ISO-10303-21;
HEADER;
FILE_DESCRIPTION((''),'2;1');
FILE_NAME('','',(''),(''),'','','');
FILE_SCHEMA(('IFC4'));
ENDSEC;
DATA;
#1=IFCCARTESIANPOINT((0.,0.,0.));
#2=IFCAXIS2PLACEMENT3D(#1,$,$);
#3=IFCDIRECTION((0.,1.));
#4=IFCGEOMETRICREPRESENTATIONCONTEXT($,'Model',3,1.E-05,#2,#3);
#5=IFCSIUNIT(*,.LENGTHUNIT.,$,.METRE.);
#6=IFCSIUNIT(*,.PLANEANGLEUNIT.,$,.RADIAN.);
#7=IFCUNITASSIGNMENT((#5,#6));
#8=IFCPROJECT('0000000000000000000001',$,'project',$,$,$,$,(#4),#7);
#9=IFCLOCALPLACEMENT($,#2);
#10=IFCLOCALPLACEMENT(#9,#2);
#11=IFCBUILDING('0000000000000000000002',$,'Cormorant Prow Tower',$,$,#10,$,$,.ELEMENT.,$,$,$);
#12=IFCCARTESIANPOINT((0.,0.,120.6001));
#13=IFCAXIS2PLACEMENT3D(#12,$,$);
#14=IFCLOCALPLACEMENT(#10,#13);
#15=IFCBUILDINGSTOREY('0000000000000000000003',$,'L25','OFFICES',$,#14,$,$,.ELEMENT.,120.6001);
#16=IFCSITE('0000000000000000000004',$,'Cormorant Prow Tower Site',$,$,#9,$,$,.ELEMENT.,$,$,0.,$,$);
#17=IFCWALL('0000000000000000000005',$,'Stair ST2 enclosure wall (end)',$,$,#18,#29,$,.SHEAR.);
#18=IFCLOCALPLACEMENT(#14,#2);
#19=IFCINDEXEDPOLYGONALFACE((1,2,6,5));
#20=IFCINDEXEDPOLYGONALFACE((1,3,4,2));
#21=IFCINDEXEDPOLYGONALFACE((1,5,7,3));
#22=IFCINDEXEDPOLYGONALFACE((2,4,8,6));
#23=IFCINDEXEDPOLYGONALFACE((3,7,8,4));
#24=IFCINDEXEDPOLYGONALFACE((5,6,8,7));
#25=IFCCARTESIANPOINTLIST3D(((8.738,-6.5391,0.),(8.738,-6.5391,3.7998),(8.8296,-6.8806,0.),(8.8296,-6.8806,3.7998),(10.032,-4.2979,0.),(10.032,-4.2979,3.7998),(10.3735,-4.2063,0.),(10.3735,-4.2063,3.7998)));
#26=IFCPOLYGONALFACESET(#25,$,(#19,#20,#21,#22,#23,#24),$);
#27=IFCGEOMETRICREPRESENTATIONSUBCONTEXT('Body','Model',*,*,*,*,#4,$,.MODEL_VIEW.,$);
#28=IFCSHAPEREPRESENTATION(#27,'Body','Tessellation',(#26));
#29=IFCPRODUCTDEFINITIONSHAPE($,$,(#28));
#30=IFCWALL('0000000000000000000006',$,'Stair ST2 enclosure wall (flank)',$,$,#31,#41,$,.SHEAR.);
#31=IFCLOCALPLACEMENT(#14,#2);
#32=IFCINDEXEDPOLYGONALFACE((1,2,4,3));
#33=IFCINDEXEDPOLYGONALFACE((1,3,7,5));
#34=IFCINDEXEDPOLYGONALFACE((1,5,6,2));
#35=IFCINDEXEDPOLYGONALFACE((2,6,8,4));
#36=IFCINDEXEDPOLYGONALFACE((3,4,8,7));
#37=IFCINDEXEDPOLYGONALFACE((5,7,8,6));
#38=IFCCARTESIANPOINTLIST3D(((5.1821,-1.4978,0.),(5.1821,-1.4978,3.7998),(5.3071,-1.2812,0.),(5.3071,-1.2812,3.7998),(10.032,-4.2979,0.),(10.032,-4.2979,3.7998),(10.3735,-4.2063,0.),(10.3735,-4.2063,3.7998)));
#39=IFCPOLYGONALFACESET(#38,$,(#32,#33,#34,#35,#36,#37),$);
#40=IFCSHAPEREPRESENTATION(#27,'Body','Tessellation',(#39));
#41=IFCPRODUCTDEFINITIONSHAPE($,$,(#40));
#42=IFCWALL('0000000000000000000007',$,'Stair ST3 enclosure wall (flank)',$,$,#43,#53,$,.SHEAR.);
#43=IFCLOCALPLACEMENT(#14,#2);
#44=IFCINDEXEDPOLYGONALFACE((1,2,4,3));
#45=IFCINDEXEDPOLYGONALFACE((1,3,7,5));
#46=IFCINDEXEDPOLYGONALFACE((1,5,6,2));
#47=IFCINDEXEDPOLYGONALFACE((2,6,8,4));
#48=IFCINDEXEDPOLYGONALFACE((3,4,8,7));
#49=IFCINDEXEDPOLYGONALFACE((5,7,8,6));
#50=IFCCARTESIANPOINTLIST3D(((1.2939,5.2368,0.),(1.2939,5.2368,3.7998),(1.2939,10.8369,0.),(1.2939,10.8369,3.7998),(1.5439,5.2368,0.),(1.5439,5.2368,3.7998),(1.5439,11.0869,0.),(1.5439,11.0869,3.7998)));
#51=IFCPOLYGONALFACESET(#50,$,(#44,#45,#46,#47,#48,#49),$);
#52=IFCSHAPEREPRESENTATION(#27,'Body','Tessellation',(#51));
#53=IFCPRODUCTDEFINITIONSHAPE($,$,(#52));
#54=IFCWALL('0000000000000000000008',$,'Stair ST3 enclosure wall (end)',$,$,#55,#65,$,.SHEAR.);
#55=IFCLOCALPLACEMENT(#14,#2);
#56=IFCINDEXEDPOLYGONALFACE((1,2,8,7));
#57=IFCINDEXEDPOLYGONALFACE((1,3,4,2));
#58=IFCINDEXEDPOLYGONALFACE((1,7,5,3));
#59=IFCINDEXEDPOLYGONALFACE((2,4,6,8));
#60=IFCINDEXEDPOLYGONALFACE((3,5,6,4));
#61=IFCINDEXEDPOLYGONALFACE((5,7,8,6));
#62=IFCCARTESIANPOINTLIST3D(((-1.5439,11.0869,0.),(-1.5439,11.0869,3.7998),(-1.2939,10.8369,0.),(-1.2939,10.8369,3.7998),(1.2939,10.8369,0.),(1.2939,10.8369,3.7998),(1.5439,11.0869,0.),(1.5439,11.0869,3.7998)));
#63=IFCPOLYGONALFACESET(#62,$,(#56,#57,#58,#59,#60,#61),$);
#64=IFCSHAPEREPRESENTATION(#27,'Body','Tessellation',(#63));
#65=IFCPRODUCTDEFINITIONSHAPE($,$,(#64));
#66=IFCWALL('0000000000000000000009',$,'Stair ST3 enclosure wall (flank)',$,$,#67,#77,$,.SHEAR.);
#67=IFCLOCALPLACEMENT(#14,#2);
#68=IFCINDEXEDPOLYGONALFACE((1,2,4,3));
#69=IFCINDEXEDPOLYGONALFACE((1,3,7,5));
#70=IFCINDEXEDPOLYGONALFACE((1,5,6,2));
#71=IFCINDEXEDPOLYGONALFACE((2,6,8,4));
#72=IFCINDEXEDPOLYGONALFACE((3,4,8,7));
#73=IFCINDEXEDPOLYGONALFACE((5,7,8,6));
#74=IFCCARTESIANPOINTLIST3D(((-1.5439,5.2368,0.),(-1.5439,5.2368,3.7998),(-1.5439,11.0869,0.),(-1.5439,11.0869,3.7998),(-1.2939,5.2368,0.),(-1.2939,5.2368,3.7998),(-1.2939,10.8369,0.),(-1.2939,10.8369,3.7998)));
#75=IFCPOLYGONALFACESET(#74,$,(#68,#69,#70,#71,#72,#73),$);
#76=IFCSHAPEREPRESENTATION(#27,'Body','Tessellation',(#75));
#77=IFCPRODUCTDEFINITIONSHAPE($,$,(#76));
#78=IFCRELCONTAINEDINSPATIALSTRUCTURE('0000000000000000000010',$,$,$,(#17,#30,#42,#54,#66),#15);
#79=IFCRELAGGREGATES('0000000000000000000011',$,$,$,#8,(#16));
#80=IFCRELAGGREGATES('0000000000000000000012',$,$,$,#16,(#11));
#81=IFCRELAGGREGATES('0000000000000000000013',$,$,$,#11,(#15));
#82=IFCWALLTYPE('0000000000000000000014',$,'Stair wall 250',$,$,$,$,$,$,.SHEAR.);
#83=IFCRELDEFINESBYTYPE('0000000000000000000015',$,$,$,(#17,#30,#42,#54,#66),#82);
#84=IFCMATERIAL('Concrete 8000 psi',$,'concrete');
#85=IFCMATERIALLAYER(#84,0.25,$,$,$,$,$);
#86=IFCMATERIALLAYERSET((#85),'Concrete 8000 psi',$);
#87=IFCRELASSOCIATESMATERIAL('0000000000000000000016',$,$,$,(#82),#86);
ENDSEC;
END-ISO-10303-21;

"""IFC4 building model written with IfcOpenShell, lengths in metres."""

from ifc_helpers import new_model, si_unit, direction, frame, origin, place, context, subcontext, project, spatial, polyline, outline, extrude, material, layer, layer_set, type_object, element, save


model = new_model("IFC4")

# Units and contexts
model_context = context("Model", 3, precision=1e-05, world=origin(), true_north=direction((0.0, 1.0)))
body_context = subcontext(model_context, "Body", "Model", "MODEL_VIEW")
ifc_project = project(units=[si_unit("LENGTHUNIT", "METRE"), si_unit("PLANEANGLEUNIT", "RADIAN")], contexts=[model_context])

# Site, building, storey
site_placement = place(None, origin())
site = spatial("IfcSite", under=ifc_project, at=site_placement, Name="Cormorant Prow Tower Site", CompositionType="ELEMENT", RefElevation=0.0)
building_placement = place(site_placement, origin())
building = spatial("IfcBuilding", under=site, at=building_placement, Name="Cormorant Prow Tower", CompositionType="ELEMENT")
storey_placement = place(building_placement, frame((0.0, 0.0, 120.6001)))
storey = spatial("IfcBuildingStorey", under=building, at=storey_placement, Name="L25", Description="OFFICES", CompositionType="ELEMENT", Elevation=120.6001)

# Walls
ifc_material_1 = material(Name="Concrete 8000 psi", Category="concrete")
ifc_layer_1 = layer(ifc_material_1, 0.25)
ifc_layer_set_1 = layer_set([ifc_layer_1], Name="Concrete 8000 psi")
wall_type_1 = type_object("IfcWallType", Name="Stair wall 250", PredefinedType="SHEAR", material=ifc_layer_set_1)
wall_1_placement = place(storey_placement, origin())
element("IfcWall", 1, at=wall_1_placement, inside=storey, type_object=wall_type_1, Name="Stair ST2 enclosure wall (end)", PredefinedType="SHEAR", context=body_context, shape_type="SweptSolid", body=[
    extrude(outline(polyline([(8.8296, -6.8806), (10.3735, -4.2063), (10.032, -4.2979), (8.738, -6.5391), (8.8296, -6.8806)])), origin(), (0.0, 0.0, 1.0), 3.7998),
])
wall_2_placement = place(storey_placement, origin())
element("IfcWall", 2, at=wall_2_placement, inside=storey, type_object=wall_type_1, Name="Stair ST2 enclosure wall (flank)", PredefinedType="SHEAR", context=body_context, shape_type="SweptSolid", body=[
    extrude(outline(polyline([(10.032, -4.2979), (10.3735, -4.2063), (5.3071, -1.2812), (5.1821, -1.4978), (10.032, -4.2979)])), origin(), (0.0, 0.0, 1.0), 3.7998),
])
wall_3_placement = place(storey_placement, origin())
element("IfcWall", 3, at=wall_3_placement, inside=storey, type_object=wall_type_1, Name="Stair ST3 enclosure wall (flank)", PredefinedType="SHEAR", context=body_context, shape_type="SweptSolid", body=[
    extrude(outline(polyline([(1.5439, 5.2368), (1.5439, 11.0869), (1.2939, 10.8369), (1.2939, 5.2368), (1.5439, 5.2368)])), origin(), (0.0, 0.0, 1.0), 3.7998),
])
wall_4_placement = place(storey_placement, origin())
element("IfcWall", 4, at=wall_4_placement, inside=storey, type_object=wall_type_1, Name="Stair ST3 enclosure wall (end)", PredefinedType="SHEAR", context=body_context, shape_type="SweptSolid", body=[
    extrude(outline(polyline([(1.5439, 11.0869), (-1.5439, 11.0869), (-1.2939, 10.8369), (1.2939, 10.8369), (1.5439, 11.0869)])), origin(), (0.0, 0.0, 1.0), 3.7998),
])
wall_5_placement = place(storey_placement, origin())
element("IfcWall", 5, at=wall_5_placement, inside=storey, type_object=wall_type_1, Name="Stair ST3 enclosure wall (flank)", PredefinedType="SHEAR", context=body_context, shape_type="SweptSolid", body=[
    extrude(outline(polyline([(-1.2939, 10.8369), (-1.5439, 11.0869), (-1.5439, 5.2368), (-1.2939, 5.2368), (-1.2939, 10.8369)])), origin(), (0.0, 0.0, 1.0), 3.7998),
])

save(model, "model.ifc")
